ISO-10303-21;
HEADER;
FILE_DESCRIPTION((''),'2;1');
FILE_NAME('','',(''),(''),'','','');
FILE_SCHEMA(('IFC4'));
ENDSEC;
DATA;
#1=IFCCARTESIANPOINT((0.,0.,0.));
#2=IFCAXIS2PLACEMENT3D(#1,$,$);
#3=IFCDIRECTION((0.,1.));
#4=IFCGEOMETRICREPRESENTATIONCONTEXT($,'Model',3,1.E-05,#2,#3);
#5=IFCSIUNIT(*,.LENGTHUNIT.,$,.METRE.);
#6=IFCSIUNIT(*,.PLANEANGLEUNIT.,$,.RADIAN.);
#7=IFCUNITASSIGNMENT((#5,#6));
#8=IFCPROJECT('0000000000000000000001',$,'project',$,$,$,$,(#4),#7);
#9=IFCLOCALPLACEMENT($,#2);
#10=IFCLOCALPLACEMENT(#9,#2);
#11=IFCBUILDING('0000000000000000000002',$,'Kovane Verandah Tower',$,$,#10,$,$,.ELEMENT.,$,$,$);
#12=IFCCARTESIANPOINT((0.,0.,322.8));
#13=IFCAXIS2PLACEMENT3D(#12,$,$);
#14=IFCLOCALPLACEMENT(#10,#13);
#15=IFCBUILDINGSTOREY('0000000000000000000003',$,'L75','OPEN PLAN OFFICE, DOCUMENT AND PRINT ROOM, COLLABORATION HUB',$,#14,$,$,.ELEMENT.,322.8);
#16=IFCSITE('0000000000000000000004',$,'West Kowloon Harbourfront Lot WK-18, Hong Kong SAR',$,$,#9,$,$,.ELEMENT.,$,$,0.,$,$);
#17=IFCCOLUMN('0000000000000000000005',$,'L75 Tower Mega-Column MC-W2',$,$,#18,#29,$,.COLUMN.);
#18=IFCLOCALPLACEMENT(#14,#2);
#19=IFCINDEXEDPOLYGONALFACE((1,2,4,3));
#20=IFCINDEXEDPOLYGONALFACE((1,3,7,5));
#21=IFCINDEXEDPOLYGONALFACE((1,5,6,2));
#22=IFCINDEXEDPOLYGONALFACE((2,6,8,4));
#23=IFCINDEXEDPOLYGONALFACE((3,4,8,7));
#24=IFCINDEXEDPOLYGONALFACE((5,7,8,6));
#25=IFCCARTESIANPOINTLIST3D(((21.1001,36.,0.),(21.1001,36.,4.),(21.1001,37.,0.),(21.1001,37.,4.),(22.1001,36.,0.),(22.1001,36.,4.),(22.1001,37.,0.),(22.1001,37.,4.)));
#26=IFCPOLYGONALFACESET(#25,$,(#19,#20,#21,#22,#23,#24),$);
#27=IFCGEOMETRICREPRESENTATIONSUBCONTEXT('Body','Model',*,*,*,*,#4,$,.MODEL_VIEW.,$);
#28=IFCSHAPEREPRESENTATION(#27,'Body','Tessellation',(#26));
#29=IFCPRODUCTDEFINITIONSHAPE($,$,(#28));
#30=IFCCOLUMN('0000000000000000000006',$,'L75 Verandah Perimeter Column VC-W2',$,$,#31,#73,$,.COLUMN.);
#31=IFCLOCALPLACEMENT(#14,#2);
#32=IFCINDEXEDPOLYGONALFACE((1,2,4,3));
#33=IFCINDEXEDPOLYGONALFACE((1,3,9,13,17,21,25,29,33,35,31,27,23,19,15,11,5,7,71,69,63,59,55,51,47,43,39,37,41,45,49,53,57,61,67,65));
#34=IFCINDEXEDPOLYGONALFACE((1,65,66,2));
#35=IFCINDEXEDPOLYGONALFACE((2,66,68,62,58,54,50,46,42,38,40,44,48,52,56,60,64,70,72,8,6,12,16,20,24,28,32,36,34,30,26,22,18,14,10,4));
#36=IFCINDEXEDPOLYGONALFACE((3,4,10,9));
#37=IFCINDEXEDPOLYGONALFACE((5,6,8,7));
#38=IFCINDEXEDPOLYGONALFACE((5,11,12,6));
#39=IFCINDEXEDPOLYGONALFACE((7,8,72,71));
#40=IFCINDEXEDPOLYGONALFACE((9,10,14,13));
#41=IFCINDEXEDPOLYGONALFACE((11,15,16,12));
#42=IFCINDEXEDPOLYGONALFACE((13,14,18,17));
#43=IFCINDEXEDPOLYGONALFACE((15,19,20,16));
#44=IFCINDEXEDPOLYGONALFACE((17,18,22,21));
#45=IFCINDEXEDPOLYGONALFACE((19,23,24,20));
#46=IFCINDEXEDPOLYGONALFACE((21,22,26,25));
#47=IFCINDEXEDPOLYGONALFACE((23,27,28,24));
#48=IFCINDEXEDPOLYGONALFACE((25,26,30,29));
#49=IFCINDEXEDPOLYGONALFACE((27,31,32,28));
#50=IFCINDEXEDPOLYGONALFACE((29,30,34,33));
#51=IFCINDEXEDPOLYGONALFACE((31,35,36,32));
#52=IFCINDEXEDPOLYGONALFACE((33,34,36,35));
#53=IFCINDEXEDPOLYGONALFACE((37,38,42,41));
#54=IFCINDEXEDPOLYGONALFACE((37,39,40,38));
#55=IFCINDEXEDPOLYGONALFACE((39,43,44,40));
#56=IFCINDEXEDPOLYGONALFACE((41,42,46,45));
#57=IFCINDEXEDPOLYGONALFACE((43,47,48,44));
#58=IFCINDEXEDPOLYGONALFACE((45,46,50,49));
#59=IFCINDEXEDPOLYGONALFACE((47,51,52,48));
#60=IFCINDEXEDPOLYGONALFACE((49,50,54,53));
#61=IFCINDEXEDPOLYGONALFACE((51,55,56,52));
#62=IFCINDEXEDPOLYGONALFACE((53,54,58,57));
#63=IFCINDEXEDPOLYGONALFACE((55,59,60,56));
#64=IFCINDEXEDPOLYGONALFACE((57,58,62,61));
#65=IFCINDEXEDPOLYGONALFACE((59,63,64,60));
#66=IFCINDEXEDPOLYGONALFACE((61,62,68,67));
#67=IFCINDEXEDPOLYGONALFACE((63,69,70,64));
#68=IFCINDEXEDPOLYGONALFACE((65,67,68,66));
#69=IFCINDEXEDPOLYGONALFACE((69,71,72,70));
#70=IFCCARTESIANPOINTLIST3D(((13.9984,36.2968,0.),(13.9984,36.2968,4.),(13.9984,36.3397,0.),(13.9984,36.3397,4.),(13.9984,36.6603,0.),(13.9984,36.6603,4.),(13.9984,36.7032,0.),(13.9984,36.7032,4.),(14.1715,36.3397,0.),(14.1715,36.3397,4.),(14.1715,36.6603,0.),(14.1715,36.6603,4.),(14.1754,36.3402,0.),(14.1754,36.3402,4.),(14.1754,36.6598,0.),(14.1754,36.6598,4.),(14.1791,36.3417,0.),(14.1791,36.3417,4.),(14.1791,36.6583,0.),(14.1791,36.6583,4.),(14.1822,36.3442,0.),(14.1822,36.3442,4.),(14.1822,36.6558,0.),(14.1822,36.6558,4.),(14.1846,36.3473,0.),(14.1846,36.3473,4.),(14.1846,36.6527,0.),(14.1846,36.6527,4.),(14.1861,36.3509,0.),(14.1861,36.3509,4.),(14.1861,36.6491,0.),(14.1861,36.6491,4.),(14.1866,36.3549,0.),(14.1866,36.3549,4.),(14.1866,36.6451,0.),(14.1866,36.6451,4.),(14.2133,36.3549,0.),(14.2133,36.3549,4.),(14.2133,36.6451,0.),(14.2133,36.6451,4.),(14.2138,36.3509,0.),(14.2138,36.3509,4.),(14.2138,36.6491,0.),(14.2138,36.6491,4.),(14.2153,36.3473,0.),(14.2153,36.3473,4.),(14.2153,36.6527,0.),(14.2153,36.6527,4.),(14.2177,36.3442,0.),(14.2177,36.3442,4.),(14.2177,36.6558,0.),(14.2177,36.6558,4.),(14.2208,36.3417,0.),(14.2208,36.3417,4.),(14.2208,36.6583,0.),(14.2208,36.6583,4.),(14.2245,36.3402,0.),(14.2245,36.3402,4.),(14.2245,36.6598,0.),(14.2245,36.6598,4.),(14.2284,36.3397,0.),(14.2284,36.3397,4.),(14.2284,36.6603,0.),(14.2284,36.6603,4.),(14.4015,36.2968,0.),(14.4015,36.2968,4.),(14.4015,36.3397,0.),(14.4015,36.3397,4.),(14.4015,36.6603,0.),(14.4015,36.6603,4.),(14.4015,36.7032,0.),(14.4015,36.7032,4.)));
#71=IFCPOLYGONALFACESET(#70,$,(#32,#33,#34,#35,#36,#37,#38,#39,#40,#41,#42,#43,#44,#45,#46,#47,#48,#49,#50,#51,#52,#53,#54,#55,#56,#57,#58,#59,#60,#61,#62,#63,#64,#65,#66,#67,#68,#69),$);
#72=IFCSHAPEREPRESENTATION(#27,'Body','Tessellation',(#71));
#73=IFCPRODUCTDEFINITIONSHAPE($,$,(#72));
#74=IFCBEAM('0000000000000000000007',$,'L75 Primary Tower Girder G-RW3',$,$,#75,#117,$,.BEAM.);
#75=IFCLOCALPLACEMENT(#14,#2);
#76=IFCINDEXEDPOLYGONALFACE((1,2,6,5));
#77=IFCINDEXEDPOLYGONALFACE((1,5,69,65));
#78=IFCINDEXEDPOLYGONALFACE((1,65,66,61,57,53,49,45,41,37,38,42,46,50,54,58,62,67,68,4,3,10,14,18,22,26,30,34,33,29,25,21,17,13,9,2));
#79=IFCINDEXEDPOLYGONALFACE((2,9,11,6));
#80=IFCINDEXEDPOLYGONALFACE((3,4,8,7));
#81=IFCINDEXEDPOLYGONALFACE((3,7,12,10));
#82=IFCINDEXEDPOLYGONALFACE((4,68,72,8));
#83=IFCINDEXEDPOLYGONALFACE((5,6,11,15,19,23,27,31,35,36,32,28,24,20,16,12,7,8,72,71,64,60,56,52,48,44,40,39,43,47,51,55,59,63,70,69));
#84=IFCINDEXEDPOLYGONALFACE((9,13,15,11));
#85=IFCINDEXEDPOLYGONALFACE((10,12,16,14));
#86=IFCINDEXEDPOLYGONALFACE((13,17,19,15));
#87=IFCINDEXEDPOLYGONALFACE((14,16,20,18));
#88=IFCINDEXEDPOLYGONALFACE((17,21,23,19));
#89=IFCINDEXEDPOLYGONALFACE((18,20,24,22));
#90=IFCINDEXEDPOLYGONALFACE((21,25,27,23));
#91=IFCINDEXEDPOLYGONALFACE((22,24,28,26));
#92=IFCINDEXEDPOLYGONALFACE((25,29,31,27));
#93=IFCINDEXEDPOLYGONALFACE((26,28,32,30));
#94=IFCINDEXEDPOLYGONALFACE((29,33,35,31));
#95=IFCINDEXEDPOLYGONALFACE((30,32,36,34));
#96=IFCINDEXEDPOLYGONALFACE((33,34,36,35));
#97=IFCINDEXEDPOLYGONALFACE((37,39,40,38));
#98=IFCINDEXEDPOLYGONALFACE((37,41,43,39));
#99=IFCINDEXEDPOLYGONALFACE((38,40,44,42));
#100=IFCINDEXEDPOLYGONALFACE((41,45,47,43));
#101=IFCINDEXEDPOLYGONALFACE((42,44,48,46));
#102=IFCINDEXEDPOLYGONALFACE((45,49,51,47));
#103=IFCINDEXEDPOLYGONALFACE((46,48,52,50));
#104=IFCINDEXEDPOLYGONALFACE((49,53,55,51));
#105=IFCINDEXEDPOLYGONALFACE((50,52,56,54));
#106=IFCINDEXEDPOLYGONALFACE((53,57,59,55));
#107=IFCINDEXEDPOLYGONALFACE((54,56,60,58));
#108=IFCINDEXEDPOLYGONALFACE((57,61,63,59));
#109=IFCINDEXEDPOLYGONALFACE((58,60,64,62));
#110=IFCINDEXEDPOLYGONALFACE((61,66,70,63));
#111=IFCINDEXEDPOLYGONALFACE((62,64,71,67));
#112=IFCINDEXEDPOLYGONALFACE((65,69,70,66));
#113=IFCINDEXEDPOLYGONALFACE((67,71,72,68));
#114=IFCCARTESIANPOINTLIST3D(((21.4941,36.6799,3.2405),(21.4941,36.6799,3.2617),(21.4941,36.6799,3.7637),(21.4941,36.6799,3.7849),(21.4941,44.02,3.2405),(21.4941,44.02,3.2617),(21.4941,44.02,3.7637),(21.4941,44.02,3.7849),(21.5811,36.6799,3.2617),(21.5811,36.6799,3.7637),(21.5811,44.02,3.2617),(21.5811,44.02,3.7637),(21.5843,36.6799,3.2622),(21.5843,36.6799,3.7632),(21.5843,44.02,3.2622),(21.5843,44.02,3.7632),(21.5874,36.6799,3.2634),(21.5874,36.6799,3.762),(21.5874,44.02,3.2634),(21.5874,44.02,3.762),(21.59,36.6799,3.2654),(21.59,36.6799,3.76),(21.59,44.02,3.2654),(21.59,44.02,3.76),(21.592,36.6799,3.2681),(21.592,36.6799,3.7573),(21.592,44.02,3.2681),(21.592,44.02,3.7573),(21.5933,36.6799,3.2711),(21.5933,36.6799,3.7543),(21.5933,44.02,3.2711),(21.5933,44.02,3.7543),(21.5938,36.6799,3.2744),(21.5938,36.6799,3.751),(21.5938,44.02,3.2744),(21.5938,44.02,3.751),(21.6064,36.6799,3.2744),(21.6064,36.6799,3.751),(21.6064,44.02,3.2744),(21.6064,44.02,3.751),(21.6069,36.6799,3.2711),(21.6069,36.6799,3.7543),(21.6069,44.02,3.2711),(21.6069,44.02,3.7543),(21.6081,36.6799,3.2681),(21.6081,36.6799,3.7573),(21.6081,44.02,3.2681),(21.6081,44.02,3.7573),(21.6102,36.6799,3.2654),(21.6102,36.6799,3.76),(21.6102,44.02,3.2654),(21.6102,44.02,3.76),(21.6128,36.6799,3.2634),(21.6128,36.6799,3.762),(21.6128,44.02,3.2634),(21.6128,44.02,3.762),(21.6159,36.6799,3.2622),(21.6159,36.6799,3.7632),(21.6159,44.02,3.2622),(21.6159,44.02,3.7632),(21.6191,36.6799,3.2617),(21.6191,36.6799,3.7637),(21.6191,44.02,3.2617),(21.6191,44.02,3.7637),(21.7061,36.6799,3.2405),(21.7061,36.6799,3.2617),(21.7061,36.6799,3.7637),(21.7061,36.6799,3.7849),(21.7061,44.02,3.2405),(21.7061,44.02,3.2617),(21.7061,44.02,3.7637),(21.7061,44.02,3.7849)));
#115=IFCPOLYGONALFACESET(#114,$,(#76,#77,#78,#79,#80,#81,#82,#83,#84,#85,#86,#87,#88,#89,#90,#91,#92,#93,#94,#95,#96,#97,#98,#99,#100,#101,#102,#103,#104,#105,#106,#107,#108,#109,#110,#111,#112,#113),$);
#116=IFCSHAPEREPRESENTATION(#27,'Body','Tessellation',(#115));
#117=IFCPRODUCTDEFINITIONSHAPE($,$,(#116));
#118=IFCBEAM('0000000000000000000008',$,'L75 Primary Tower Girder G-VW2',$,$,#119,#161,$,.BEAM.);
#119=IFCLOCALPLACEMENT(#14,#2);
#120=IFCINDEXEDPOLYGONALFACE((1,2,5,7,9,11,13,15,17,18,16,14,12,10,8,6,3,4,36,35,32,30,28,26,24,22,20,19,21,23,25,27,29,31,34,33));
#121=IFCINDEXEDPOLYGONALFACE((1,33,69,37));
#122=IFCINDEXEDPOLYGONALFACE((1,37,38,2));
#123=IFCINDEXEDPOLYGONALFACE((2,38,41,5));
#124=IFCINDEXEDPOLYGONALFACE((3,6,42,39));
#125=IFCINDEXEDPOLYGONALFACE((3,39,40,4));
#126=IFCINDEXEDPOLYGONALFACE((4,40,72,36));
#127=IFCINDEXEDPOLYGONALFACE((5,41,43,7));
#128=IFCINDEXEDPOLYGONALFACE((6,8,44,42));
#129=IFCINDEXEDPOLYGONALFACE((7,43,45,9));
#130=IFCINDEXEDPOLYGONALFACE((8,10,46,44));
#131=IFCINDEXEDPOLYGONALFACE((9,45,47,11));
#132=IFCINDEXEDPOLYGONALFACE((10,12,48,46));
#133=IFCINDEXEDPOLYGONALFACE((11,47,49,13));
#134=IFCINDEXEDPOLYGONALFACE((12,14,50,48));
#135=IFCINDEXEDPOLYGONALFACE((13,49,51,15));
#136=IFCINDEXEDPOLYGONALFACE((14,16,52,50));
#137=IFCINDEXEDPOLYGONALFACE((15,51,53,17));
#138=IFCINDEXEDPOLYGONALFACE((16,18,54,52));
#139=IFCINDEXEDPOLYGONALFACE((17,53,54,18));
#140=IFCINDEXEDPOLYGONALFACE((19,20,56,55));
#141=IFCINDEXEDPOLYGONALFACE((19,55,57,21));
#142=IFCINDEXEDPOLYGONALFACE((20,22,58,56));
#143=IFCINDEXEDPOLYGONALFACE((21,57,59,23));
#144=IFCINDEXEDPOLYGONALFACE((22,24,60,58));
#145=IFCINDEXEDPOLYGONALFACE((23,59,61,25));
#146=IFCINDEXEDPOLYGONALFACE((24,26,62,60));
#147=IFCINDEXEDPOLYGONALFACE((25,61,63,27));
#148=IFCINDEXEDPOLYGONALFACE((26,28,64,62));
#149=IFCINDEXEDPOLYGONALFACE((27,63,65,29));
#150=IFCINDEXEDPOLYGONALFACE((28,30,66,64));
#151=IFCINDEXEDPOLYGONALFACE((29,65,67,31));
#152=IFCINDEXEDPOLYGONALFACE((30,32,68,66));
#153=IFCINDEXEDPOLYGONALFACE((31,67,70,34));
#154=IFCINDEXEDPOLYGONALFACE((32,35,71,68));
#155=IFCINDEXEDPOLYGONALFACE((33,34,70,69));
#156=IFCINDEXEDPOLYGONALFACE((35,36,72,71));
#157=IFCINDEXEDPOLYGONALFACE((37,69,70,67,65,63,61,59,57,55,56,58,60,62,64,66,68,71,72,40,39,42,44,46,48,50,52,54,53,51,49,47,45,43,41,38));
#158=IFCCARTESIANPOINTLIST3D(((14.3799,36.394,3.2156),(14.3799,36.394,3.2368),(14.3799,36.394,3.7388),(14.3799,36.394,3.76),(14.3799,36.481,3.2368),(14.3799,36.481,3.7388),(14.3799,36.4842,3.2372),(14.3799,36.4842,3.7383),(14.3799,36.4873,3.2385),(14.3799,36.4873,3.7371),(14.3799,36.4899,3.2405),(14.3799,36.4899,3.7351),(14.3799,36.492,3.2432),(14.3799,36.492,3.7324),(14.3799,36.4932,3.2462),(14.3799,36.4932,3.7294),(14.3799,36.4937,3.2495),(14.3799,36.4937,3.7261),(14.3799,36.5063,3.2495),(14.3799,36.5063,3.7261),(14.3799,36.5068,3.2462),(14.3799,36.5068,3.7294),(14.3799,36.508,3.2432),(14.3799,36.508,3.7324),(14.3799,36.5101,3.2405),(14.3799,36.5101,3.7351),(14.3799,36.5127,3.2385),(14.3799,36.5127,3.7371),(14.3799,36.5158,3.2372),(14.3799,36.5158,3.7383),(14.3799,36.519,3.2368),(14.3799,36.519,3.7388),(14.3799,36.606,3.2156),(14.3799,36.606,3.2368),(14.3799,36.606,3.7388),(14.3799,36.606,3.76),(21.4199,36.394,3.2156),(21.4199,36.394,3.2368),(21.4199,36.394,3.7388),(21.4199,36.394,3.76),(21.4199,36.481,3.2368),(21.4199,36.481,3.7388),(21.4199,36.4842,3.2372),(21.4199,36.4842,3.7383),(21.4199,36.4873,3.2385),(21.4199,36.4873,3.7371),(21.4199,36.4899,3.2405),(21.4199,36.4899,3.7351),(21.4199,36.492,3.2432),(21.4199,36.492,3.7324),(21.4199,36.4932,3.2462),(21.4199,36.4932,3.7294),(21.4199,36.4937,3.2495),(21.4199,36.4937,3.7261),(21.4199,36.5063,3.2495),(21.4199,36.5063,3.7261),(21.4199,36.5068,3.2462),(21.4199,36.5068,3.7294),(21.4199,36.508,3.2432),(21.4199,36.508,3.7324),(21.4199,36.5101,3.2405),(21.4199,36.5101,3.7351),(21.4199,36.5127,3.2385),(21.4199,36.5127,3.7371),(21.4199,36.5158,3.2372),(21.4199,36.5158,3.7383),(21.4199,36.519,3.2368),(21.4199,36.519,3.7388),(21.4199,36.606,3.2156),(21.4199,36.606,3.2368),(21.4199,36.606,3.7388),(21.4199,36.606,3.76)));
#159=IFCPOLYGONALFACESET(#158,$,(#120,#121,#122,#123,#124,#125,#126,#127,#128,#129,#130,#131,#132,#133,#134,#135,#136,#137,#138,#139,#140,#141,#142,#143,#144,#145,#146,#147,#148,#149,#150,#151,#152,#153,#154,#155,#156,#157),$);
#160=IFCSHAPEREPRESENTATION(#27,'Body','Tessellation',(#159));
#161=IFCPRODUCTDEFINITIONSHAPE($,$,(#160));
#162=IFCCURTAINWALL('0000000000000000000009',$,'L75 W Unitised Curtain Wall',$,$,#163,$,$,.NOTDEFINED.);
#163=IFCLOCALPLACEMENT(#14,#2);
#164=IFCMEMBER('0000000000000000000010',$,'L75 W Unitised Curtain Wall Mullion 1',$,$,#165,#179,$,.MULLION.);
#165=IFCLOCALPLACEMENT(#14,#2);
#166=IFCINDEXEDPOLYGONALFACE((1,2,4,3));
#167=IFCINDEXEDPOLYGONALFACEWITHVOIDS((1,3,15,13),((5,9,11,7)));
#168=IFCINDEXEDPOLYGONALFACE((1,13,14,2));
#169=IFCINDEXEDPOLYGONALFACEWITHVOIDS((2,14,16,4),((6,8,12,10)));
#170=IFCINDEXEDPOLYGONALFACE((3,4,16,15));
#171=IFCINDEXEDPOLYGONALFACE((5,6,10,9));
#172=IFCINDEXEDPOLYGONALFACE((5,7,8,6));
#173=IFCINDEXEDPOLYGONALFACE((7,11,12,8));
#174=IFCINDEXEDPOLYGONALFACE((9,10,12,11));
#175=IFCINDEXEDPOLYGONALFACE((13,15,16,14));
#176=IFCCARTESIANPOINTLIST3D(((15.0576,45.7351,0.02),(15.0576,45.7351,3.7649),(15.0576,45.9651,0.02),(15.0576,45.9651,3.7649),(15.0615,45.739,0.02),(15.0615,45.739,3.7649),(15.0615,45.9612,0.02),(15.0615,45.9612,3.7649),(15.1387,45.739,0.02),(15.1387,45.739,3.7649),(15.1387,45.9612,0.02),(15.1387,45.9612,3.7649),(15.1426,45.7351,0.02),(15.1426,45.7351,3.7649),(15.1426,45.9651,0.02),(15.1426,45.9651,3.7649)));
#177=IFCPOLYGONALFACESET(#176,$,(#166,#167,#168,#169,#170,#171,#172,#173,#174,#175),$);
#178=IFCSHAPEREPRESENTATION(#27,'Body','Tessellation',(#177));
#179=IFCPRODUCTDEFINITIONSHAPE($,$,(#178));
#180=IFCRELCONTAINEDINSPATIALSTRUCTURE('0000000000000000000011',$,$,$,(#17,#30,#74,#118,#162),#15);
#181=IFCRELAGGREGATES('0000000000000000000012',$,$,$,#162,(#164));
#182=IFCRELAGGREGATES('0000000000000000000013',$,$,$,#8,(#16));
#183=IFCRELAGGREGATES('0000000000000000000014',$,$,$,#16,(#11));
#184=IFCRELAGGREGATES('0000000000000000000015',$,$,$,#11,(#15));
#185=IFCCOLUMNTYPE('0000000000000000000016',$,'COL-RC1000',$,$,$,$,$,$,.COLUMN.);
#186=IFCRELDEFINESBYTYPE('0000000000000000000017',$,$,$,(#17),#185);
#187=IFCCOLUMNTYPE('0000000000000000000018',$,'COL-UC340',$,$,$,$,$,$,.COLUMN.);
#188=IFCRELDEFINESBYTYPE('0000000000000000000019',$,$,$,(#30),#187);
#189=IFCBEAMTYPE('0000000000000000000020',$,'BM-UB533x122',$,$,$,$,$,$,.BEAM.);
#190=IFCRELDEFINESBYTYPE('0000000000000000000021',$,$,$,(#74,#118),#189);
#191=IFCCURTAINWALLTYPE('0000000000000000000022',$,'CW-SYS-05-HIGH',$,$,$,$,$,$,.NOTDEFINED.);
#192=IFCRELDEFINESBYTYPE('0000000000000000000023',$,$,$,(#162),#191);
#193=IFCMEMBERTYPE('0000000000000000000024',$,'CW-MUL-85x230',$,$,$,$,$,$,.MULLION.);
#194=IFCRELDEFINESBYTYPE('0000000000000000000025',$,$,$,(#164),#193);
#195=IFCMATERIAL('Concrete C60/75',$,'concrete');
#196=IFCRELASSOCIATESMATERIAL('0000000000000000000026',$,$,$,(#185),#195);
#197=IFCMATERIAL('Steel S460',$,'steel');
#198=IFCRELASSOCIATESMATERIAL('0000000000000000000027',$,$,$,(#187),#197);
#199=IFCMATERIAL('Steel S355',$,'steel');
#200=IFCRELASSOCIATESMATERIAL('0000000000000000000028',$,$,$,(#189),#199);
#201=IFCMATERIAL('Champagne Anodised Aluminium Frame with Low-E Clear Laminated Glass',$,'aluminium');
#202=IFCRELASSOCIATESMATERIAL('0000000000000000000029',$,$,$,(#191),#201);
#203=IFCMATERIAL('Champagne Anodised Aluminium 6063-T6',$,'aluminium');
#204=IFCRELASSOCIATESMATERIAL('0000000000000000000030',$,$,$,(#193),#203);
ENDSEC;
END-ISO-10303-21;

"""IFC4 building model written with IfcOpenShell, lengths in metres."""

from ifc_helpers import new_model, si_unit, direction, frame, origin, origin_2d, place, context, subcontext, project, spatial, rectangle, hollow_rectangle, i_section, extrude, material, material_profile, profile_set, type_object, element, aggregate, save


model = new_model("IFC4")

# Units and contexts
model_context = context("Model", 3, precision=1e-05, world=origin(), true_north=direction((0.0, 1.0)))
body_context = subcontext(model_context, "Body", "Model", "MODEL_VIEW")
ifc_project = project(units=[si_unit("LENGTHUNIT", "METRE"), si_unit("PLANEANGLEUNIT", "RADIAN")], contexts=[model_context])

# Site, building, storey
site_placement = place(None, origin())
site = spatial("IfcSite", under=ifc_project, at=site_placement, Name="West Kowloon Harbourfront Lot WK-18, Hong Kong SAR", CompositionType="ELEMENT", RefElevation=0.0)
building_placement = place(site_placement, origin())
building = spatial("IfcBuilding", under=site, at=building_placement, Name="Kovane Verandah Tower", CompositionType="ELEMENT")
storey_placement = place(building_placement, frame((0.0, 0.0, 322.8)))
storey = spatial("IfcBuildingStorey", under=building, at=storey_placement, Name="L75", Description="OPEN PLAN OFFICE, DOCUMENT AND PRINT ROOM, COLLABORATION HUB", CompositionType="ELEMENT", Elevation=322.8)

# Columns
ifc_material_1 = material(Name="Concrete C60/75", Category="concrete")
ifc_material_profile_1 = material_profile(ifc_material_1, rectangle(XDim=1.0, YDim=1.0, at=origin_2d()), Name="RC1000x1000")
ifc_profile_set_1 = profile_set([ifc_material_profile_1], Name="Concrete C60/75")
column_type_1 = type_object("IfcColumnType", Name="COL-RC1000", PredefinedType="COLUMN", material=ifc_profile_set_1)
column_1_placement = place(storey_placement, frame((21.6001, 36.5, 0.0), z_axis=(0.0, 0.0, 1.0), x_axis=(1.0, 0.0, 0.0)))
element("IfcColumn", 1, at=column_1_placement, inside=storey, type_object=column_type_1, Name="L75 Tower Mega-Column MC-W2", PredefinedType="COLUMN", context=body_context, shape_type="SweptSolid", body=[
    extrude(rectangle(XDim=1.0, YDim=1.0, at=origin_2d()), origin(), (0.0, 0.0, 1.0), 4.0),
])
ifc_material_2 = material(Name="Steel S460", Category="steel")
ifc_material_profile_2 = material_profile(ifc_material_2, i_section(OverallWidth=0.4031, OverallDepth=0.4065, WebThickness=0.0266, FlangeThickness=0.043, FilletRadius=0.0151, at=origin_2d()), Name="UC356x406x340")
ifc_profile_set_2 = profile_set([ifc_material_profile_2], Name="Steel S460")
column_type_2 = type_object("IfcColumnType", Name="COL-UC340", PredefinedType="COLUMN", material=ifc_profile_set_2)
column_2_placement = place(storey_placement, frame((14.2, 36.5, 0.0), z_axis=(0.0, 0.0, 1.0), x_axis=(1.0, 0.0, 0.0)))
element("IfcColumn", 2, at=column_2_placement, inside=storey, type_object=column_type_2, Name="L75 Verandah Perimeter Column VC-W2", PredefinedType="COLUMN", context=body_context, shape_type="SweptSolid", body=[
    extrude(i_section(OverallWidth=0.4031, OverallDepth=0.4065, WebThickness=0.0266, FlangeThickness=0.043, FilletRadius=0.0151, at=origin_2d()), origin(), (0.0, 0.0, 1.0), 4.0),
])

# Beams
ifc_material_3 = material(Name="Steel S355", Category="steel")
ifc_material_profile_3 = material_profile(ifc_material_3, i_section(OverallWidth=0.2119, OverallDepth=0.5444, WebThickness=0.0127, FlangeThickness=0.0212, FilletRadius=0.0127, at=origin_2d()), Name="UB533x210x122")
ifc_profile_set_3 = profile_set([ifc_material_profile_3], Name="Steel S355")
beam_type = type_object("IfcBeamType", Name="BM-UB533x122", PredefinedType="BEAM", material=ifc_profile_set_3)
beam_1_placement = place(storey_placement, frame((21.6001, 36.6799, 3.5127), z_axis=(0.0, 1.0, 0.0), x_axis=(-1.0, 0.0, 0.0)))
element("IfcBeam", 3, at=beam_1_placement, inside=storey, type_object=beam_type, Name="L75 Primary Tower Girder G-RW3", PredefinedType="BEAM", context=body_context, shape_type="SweptSolid", body=[
    extrude(i_section(OverallWidth=0.2119, OverallDepth=0.5444, WebThickness=0.0127, FlangeThickness=0.0212, FilletRadius=0.0127, at=origin_2d()), origin(), (0.0, 0.0, 1.0), 7.3401),
])
beam_2_placement = place(storey_placement, frame((21.4199, 36.5, 3.4878), z_axis=(-1.0, 0.0, 0.0), x_axis=(0.0, -1.0, 0.0)))
element("IfcBeam", 4, at=beam_2_placement, inside=storey, type_object=beam_type, Name="L75 Primary Tower Girder G-VW2", PredefinedType="BEAM", context=body_context, shape_type="SweptSolid", body=[
    extrude(i_section(OverallWidth=0.2119, OverallDepth=0.5444, WebThickness=0.0127, FlangeThickness=0.0212, FilletRadius=0.0127, at=origin_2d()), origin(), (0.0, 0.0, 1.0), 7.04),
])

# Curtain wall, member
ifc_material_4 = material(Name="Champagne Anodised Aluminium Frame with Low-E Clear Laminated Glass", Category="aluminium")
curtain_wall_type = type_object("IfcCurtainWallType", Name="CW-SYS-05-HIGH", PredefinedType="NOTDEFINED", material=ifc_material_4)
curtain_wall_placement = place(storey_placement, origin())
curtain_wall = element("IfcCurtainWall", 5, at=curtain_wall_placement, inside=storey, type_object=curtain_wall_type, Name="L75 W Unitised Curtain Wall", PredefinedType="NOTDEFINED")
ifc_material_5 = material(Name="Champagne Anodised Aluminium 6063-T6", Category="aluminium")
ifc_material_profile_4 = material_profile(ifc_material_5, hollow_rectangle(XDim=0.085, YDim=0.23, WallThickness=0.0039, at=origin_2d()), Name="AL85x230x4")
ifc_profile_set_4 = profile_set([ifc_material_profile_4], Name="Champagne Anodised Aluminium 6063-T6")
member_type_1 = type_object("IfcMemberType", Name="CW-MUL-85x230", PredefinedType="MULLION", material=ifc_profile_set_4)
member_1_placement = place(storey_placement, frame((15.1001, 45.8501, 0.02), z_axis=(0.0, 0.0, 1.0), x_axis=(-1.0, 0.0, 0.0)))
member_1 = element("IfcMember", 6, at=member_1_placement, type_object=member_type_1, Name="L75 W Unitised Curtain Wall Mullion 1", PredefinedType="MULLION", context=body_context, shape_type="SweptSolid", body=[
    extrude(hollow_rectangle(XDim=0.085, YDim=0.23, WallThickness=0.0039, at=origin_2d()), origin(), (0.0, 0.0, 1.0), 3.7449),
])
aggregate(curtain_wall, [member_1])

save(model, "model.ifc")
